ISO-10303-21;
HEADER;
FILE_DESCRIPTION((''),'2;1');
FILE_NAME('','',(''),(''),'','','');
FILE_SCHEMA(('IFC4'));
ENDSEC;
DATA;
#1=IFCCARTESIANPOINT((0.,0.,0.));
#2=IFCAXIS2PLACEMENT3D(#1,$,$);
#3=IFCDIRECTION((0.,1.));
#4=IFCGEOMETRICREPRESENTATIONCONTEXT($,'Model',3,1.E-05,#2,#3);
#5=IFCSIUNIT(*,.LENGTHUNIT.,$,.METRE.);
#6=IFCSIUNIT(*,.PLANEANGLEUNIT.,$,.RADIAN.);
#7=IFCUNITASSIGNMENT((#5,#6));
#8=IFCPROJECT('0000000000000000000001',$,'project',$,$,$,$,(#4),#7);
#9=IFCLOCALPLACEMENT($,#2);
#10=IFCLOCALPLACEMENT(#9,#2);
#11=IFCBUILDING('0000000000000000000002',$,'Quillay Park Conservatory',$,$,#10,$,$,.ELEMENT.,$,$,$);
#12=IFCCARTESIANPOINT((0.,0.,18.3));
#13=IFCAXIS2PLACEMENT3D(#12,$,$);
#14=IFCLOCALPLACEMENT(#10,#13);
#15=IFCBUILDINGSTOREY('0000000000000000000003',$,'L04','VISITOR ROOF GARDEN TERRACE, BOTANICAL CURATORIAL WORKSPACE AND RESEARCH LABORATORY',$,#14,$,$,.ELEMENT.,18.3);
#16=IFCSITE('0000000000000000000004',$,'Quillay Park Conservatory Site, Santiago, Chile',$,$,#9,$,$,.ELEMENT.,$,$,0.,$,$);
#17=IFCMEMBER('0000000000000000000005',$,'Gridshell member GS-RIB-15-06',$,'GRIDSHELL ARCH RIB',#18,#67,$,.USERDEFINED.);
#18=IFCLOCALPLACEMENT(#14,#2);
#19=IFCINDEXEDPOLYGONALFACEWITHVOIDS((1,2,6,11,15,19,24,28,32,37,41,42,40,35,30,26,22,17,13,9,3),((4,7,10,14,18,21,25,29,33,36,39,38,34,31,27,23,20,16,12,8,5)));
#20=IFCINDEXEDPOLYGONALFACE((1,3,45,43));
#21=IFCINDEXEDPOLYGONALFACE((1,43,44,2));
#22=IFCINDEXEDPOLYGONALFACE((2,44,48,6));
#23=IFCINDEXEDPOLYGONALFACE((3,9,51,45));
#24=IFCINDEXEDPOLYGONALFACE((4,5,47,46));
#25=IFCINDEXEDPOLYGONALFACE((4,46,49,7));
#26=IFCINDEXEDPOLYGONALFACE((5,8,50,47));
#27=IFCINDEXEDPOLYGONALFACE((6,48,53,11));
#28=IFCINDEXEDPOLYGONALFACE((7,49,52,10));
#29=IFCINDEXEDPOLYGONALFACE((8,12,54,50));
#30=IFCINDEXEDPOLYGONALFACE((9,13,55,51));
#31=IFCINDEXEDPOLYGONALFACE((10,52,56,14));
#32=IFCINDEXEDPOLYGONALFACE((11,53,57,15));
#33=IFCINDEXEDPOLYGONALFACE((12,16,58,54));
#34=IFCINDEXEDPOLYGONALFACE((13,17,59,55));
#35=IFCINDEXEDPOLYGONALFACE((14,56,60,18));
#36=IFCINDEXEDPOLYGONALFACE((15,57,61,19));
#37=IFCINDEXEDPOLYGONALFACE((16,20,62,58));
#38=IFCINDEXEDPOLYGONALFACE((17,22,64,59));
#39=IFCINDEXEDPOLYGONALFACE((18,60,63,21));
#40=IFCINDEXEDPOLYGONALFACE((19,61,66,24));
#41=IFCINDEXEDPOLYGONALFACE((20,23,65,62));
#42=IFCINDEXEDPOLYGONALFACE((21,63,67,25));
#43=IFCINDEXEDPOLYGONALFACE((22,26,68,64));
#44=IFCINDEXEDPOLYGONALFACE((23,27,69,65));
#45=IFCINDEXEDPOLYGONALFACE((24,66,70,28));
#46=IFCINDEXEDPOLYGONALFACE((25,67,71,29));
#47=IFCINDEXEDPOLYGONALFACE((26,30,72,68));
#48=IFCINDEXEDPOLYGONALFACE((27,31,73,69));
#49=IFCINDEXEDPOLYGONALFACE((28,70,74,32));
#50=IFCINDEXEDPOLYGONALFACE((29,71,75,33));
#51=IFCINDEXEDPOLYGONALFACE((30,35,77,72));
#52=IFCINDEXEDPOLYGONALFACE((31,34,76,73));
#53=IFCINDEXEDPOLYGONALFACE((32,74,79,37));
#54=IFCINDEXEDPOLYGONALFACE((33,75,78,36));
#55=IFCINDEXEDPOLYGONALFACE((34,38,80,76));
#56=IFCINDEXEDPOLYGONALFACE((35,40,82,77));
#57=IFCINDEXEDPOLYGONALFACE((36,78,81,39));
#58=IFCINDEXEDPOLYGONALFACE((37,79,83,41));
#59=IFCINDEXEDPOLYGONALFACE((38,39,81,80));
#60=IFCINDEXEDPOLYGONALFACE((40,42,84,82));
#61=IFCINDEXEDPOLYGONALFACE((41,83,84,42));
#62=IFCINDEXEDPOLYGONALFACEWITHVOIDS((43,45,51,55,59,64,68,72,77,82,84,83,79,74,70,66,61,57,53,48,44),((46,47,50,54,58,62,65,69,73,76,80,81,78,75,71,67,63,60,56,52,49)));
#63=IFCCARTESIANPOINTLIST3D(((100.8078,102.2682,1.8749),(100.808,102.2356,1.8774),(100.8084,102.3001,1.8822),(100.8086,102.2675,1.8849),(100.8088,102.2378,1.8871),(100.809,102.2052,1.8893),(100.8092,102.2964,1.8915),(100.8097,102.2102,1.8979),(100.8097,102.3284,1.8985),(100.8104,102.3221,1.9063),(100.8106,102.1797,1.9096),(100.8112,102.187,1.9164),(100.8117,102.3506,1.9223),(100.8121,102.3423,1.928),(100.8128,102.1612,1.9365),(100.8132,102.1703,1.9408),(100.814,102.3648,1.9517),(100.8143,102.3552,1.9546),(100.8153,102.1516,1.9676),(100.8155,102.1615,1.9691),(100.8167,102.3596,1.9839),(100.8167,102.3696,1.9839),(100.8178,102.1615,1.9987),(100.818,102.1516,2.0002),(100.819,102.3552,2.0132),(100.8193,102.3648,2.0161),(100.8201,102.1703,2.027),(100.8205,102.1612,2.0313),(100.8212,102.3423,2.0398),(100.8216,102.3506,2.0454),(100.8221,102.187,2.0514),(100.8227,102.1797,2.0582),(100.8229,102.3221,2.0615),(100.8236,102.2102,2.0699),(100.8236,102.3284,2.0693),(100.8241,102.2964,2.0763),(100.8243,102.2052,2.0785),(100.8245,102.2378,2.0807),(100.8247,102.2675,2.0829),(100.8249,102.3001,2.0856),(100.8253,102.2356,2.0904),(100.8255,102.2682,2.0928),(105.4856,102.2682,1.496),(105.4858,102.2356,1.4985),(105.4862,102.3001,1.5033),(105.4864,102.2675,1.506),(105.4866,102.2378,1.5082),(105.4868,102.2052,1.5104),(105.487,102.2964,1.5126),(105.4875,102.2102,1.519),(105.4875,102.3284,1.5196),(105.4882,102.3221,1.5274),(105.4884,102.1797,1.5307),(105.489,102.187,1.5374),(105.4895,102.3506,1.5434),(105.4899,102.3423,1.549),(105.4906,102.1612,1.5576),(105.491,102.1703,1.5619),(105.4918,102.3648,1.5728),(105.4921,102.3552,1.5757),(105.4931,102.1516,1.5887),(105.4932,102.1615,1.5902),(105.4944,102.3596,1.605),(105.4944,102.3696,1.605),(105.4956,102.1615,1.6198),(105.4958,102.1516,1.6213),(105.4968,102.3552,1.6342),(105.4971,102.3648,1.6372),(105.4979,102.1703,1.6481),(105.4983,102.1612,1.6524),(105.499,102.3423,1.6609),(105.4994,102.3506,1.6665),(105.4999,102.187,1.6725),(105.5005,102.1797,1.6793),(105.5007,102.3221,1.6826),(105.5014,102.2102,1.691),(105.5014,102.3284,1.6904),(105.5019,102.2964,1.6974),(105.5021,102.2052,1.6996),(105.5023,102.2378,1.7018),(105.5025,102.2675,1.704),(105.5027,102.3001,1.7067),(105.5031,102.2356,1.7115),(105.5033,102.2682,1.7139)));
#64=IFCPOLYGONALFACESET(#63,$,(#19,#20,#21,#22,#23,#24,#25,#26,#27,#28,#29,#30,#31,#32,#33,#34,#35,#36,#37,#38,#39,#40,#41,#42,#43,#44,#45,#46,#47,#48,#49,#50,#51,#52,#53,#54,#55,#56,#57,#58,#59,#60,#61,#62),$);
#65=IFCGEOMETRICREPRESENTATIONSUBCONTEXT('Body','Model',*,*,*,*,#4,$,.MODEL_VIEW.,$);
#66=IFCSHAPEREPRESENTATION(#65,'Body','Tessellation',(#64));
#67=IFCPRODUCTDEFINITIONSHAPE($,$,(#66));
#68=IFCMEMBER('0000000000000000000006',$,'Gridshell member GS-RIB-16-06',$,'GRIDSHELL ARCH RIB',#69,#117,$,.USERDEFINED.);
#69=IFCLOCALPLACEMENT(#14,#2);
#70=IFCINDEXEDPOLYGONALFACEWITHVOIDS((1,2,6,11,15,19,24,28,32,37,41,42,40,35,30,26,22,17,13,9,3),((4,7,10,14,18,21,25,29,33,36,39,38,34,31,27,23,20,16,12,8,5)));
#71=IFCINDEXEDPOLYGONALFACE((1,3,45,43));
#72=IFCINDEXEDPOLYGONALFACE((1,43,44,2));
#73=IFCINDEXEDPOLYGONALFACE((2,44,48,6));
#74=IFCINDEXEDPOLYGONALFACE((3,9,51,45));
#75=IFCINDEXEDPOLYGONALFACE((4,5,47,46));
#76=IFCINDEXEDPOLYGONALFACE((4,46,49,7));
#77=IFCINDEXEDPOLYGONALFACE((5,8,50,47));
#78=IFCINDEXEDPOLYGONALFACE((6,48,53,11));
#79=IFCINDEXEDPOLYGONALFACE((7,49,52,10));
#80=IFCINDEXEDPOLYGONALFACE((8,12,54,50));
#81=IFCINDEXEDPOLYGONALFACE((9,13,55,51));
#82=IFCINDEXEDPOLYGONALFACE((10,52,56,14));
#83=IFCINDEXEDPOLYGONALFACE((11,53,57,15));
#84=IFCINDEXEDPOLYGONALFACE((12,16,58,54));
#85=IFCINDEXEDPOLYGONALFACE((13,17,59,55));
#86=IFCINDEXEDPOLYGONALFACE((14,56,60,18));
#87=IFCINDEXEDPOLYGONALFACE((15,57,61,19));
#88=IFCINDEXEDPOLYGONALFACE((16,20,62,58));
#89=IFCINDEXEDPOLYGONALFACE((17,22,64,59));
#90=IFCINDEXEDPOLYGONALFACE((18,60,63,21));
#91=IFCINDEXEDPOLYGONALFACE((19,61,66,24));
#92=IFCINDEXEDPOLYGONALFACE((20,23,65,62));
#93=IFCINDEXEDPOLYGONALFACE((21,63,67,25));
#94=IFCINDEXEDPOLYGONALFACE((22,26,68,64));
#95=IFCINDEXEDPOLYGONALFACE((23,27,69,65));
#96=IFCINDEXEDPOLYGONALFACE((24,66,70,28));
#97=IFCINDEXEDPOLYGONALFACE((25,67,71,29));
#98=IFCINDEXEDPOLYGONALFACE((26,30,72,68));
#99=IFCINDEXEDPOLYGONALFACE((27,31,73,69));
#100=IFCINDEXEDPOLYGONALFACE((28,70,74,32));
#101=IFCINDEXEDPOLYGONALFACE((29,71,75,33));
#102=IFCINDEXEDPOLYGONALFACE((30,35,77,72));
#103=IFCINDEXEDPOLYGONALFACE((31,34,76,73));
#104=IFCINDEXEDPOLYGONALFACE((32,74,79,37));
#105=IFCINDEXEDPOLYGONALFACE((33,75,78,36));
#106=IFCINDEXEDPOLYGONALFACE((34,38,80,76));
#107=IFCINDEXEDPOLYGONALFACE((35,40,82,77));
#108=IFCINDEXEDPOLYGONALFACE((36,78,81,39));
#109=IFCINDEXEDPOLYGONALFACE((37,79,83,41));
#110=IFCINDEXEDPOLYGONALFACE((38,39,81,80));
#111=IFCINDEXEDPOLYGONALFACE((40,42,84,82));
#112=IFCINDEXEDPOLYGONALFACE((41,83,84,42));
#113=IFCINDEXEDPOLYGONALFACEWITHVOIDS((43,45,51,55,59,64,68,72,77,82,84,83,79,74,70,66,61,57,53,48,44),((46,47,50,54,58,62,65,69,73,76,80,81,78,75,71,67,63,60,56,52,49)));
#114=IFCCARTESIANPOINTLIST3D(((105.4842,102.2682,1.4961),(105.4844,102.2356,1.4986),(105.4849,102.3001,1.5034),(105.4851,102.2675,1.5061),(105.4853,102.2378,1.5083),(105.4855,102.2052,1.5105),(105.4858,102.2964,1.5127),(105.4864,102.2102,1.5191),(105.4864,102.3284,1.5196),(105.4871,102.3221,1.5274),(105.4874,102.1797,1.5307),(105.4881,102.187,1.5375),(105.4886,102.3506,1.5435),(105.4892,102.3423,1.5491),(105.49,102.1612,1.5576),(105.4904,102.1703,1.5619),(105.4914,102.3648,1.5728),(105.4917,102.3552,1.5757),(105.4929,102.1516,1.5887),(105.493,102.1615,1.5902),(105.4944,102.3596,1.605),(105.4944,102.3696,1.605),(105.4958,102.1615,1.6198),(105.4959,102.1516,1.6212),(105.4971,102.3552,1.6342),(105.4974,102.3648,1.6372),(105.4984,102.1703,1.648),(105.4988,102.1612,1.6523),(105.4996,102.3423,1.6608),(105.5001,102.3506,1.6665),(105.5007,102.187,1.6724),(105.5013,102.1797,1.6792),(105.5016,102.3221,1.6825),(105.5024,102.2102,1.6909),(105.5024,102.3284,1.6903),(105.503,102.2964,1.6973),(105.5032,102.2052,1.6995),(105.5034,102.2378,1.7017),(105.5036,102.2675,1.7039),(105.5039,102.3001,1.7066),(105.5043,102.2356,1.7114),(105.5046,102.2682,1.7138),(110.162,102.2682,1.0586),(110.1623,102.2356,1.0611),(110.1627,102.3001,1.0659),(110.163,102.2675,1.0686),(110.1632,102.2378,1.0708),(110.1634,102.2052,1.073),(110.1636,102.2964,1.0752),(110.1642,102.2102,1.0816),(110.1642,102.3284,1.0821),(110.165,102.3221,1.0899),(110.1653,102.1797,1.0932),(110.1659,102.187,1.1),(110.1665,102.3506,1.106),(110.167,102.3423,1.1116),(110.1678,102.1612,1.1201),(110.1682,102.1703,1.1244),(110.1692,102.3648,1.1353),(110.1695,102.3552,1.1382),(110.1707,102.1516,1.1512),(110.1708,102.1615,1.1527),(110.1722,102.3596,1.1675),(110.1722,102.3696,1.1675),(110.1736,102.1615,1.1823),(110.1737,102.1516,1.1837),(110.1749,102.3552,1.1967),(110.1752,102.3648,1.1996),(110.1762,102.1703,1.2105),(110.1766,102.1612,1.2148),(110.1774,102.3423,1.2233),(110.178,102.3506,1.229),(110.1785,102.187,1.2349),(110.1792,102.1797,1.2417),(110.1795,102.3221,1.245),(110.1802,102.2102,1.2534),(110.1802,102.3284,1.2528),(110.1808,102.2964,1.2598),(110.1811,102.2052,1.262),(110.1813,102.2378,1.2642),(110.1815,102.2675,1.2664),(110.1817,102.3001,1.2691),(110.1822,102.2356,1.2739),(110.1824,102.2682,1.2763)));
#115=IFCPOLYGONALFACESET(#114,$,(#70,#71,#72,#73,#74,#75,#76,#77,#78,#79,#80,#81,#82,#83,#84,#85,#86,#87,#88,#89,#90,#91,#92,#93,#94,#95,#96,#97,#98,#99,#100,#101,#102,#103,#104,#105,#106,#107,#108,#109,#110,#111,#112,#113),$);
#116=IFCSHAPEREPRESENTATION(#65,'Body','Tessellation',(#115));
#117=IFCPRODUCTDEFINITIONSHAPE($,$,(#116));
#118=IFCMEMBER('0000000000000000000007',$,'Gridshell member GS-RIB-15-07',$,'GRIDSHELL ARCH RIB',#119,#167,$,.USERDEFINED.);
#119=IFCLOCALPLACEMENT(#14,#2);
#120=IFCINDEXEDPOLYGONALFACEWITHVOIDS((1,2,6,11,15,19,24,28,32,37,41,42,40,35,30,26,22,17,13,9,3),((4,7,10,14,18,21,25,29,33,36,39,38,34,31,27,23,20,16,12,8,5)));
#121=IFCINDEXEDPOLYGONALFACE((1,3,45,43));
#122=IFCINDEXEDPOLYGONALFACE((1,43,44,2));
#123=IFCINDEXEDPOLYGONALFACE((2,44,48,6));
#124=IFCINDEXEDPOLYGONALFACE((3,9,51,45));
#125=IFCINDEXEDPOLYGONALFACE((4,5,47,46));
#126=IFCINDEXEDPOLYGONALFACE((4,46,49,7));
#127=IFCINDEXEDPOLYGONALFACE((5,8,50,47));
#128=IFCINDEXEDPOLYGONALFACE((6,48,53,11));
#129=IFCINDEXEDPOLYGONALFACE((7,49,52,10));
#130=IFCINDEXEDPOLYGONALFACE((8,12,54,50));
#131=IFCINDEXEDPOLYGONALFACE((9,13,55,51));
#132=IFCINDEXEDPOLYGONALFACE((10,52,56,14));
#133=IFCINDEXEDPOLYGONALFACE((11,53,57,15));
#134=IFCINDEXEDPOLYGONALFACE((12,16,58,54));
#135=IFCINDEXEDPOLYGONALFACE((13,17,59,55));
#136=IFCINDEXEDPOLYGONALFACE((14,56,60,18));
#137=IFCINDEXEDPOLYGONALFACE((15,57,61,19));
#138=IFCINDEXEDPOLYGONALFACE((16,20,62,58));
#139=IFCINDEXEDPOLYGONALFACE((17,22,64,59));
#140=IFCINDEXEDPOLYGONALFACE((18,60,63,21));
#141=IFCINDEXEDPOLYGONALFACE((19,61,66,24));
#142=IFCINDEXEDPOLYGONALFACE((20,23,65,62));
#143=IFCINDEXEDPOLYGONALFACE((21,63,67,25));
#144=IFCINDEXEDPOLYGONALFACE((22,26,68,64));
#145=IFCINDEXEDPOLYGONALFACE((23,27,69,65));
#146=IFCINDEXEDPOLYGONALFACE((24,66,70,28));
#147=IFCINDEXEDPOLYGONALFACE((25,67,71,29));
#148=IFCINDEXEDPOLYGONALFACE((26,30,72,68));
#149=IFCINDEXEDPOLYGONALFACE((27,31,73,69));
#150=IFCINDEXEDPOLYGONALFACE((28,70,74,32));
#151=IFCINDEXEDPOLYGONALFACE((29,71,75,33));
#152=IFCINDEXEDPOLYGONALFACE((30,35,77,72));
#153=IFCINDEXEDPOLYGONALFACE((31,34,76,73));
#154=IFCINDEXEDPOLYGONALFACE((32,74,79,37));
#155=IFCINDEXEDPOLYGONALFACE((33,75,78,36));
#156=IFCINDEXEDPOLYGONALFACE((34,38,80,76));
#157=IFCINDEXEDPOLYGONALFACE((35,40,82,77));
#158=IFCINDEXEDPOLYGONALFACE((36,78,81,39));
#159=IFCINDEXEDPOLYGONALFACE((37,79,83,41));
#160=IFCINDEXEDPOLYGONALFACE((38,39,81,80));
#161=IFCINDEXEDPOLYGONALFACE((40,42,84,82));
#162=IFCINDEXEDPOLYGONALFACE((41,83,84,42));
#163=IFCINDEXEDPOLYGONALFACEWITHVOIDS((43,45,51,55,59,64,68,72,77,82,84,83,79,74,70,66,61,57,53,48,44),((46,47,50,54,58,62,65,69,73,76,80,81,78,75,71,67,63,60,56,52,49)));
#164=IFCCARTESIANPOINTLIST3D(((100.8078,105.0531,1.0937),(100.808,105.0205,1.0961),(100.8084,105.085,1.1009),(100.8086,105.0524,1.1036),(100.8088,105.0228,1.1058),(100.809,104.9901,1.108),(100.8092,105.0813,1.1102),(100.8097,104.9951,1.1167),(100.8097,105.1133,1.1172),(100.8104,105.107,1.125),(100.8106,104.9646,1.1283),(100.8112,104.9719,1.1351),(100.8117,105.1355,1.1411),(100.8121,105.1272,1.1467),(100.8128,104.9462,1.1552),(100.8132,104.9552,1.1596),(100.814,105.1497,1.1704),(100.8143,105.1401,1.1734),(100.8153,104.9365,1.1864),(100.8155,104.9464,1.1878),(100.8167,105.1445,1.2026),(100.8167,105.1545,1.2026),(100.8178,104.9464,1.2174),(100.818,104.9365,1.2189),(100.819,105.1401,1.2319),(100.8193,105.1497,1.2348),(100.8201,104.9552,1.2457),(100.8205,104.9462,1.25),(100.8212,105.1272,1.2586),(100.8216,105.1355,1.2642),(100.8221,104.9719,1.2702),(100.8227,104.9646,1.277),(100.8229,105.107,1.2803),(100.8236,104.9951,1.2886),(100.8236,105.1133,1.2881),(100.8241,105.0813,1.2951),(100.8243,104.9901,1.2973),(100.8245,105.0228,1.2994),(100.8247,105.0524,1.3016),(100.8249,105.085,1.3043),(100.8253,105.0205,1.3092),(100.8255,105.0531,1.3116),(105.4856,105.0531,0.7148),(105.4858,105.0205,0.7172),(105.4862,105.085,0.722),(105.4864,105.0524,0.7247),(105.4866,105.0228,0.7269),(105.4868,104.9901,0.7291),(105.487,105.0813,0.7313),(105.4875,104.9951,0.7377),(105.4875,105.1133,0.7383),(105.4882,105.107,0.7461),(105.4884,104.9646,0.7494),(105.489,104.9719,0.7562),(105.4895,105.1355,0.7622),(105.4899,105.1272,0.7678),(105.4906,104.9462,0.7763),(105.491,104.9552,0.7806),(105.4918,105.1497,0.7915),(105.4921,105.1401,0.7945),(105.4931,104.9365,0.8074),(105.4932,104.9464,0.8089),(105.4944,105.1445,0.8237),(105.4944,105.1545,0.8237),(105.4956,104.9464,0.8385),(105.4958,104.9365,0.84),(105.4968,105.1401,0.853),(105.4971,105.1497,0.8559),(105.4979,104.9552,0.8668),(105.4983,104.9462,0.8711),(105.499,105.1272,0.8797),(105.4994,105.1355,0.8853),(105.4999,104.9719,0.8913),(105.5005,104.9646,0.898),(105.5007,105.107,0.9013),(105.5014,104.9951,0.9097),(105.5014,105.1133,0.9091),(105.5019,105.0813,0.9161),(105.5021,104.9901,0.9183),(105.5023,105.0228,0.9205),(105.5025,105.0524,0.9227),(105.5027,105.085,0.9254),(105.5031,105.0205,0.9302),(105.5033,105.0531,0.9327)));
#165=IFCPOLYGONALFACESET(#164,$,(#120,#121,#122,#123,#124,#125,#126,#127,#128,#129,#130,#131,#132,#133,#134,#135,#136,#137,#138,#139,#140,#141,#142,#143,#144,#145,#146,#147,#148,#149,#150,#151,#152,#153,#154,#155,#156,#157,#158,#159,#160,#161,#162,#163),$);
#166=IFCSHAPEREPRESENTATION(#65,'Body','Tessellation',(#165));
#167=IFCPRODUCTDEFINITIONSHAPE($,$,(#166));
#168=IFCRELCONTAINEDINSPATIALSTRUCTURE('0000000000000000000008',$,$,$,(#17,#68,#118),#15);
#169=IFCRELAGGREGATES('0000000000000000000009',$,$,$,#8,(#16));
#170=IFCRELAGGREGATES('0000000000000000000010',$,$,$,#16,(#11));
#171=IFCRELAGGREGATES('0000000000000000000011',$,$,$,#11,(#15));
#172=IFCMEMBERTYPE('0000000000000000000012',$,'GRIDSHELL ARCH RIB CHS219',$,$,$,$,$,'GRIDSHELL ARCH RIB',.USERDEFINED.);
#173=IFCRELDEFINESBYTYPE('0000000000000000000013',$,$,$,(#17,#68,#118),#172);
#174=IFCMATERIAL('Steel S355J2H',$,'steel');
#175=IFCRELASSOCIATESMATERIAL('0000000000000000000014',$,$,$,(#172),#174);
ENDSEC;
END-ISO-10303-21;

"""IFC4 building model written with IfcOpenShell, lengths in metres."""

from ifc_helpers import new_model, si_unit, direction, frame, origin, origin_2d, place, context, subcontext, project, spatial, hollow_circle, extrude, material, material_profile, profile_set, type_object, element, save


model = new_model("IFC4")

# Units and contexts
model_context = context("Model", 3, precision=1e-05, world=origin(), true_north=direction((0.0, 1.0)))
body_context = subcontext(model_context, "Body", "Model", "MODEL_VIEW")
ifc_project = project(units=[si_unit("LENGTHUNIT", "METRE"), si_unit("PLANEANGLEUNIT", "RADIAN")], contexts=[model_context])

# Site, building, storey
site_placement = place(None, origin())
site = spatial("IfcSite", under=ifc_project, at=site_placement, Name="Quillay Park Conservatory Site, Santiago, Chile", CompositionType="ELEMENT", RefElevation=0.0)
building_placement = place(site_placement, origin())
building = spatial("IfcBuilding", under=site, at=building_placement, Name="Quillay Park Conservatory", CompositionType="ELEMENT")
storey_placement = place(building_placement, frame((0.0, 0.0, 18.3)))
storey = spatial("IfcBuildingStorey", under=building, at=storey_placement, Name="L04", Description="VISITOR ROOF GARDEN TERRACE, BOTANICAL CURATORIAL WORKSPACE AND RESEARCH LABORATORY", CompositionType="ELEMENT", Elevation=18.3)

# Members
ifc_material_1 = material(Name="Steel S355J2H", Category="steel")
ifc_material_profile_1 = material_profile(ifc_material_1, hollow_circle(Radius=0.1096, WallThickness=0.01, at=origin_2d()), Name="CHS219.1x10")
ifc_profile_set_1 = profile_set([ifc_material_profile_1], Name="Steel S355J2H")
member_type = type_object("IfcMemberType", Name="GRIDSHELL ARCH RIB CHS219", ElementType="GRIDSHELL ARCH RIB", PredefinedType="USERDEFINED", material=ifc_profile_set_1)
member_1_placement = place(storey_placement, frame((100.8167, 102.26, 1.9839), z_axis=(0.996735, 0.0, -0.080738), x_axis=(0.0, 1.0, 0.0)))
element("IfcMember", 1, at=member_1_placement, inside=storey, type_object=member_type, Name="Gridshell member GS-RIB-15-06", ObjectType="GRIDSHELL ARCH RIB", PredefinedType="USERDEFINED", context=body_context, shape_type="SweptSolid", body=[
    extrude(hollow_circle(Radius=0.1096, WallThickness=0.01, at=origin_2d()), origin(), (0.0, 0.0, 1.0), 4.6931),
])
member_2_placement = place(storey_placement, frame((105.4944, 102.26, 1.605), z_axis=(0.995655, 0.0, -0.093122), x_axis=(0.0, 1.0, 0.0)))
element("IfcMember", 2, at=member_2_placement, inside=storey, type_object=member_type, Name="Gridshell member GS-RIB-16-06", ObjectType="GRIDSHELL ARCH RIB", PredefinedType="USERDEFINED", context=body_context, shape_type="SweptSolid", body=[
    extrude(hollow_circle(Radius=0.1096, WallThickness=0.01, at=origin_2d()), origin(), (0.0, 0.0, 1.0), 4.6982),
])
member_3_placement = place(storey_placement, frame((100.8167, 105.0449, 1.2026), z_axis=(0.996735, 0.0, -0.080738), x_axis=(0.0, 1.0, 0.0)))
element("IfcMember", 3, at=member_3_placement, inside=storey, type_object=member_type, Name="Gridshell member GS-RIB-15-07", ObjectType="GRIDSHELL ARCH RIB", PredefinedType="USERDEFINED", context=body_context, shape_type="SweptSolid", body=[
    extrude(hollow_circle(Radius=0.1096, WallThickness=0.01, at=origin_2d()), origin(), (0.0, 0.0, 1.0), 4.6931),
])

save(model, "model.ifc")
